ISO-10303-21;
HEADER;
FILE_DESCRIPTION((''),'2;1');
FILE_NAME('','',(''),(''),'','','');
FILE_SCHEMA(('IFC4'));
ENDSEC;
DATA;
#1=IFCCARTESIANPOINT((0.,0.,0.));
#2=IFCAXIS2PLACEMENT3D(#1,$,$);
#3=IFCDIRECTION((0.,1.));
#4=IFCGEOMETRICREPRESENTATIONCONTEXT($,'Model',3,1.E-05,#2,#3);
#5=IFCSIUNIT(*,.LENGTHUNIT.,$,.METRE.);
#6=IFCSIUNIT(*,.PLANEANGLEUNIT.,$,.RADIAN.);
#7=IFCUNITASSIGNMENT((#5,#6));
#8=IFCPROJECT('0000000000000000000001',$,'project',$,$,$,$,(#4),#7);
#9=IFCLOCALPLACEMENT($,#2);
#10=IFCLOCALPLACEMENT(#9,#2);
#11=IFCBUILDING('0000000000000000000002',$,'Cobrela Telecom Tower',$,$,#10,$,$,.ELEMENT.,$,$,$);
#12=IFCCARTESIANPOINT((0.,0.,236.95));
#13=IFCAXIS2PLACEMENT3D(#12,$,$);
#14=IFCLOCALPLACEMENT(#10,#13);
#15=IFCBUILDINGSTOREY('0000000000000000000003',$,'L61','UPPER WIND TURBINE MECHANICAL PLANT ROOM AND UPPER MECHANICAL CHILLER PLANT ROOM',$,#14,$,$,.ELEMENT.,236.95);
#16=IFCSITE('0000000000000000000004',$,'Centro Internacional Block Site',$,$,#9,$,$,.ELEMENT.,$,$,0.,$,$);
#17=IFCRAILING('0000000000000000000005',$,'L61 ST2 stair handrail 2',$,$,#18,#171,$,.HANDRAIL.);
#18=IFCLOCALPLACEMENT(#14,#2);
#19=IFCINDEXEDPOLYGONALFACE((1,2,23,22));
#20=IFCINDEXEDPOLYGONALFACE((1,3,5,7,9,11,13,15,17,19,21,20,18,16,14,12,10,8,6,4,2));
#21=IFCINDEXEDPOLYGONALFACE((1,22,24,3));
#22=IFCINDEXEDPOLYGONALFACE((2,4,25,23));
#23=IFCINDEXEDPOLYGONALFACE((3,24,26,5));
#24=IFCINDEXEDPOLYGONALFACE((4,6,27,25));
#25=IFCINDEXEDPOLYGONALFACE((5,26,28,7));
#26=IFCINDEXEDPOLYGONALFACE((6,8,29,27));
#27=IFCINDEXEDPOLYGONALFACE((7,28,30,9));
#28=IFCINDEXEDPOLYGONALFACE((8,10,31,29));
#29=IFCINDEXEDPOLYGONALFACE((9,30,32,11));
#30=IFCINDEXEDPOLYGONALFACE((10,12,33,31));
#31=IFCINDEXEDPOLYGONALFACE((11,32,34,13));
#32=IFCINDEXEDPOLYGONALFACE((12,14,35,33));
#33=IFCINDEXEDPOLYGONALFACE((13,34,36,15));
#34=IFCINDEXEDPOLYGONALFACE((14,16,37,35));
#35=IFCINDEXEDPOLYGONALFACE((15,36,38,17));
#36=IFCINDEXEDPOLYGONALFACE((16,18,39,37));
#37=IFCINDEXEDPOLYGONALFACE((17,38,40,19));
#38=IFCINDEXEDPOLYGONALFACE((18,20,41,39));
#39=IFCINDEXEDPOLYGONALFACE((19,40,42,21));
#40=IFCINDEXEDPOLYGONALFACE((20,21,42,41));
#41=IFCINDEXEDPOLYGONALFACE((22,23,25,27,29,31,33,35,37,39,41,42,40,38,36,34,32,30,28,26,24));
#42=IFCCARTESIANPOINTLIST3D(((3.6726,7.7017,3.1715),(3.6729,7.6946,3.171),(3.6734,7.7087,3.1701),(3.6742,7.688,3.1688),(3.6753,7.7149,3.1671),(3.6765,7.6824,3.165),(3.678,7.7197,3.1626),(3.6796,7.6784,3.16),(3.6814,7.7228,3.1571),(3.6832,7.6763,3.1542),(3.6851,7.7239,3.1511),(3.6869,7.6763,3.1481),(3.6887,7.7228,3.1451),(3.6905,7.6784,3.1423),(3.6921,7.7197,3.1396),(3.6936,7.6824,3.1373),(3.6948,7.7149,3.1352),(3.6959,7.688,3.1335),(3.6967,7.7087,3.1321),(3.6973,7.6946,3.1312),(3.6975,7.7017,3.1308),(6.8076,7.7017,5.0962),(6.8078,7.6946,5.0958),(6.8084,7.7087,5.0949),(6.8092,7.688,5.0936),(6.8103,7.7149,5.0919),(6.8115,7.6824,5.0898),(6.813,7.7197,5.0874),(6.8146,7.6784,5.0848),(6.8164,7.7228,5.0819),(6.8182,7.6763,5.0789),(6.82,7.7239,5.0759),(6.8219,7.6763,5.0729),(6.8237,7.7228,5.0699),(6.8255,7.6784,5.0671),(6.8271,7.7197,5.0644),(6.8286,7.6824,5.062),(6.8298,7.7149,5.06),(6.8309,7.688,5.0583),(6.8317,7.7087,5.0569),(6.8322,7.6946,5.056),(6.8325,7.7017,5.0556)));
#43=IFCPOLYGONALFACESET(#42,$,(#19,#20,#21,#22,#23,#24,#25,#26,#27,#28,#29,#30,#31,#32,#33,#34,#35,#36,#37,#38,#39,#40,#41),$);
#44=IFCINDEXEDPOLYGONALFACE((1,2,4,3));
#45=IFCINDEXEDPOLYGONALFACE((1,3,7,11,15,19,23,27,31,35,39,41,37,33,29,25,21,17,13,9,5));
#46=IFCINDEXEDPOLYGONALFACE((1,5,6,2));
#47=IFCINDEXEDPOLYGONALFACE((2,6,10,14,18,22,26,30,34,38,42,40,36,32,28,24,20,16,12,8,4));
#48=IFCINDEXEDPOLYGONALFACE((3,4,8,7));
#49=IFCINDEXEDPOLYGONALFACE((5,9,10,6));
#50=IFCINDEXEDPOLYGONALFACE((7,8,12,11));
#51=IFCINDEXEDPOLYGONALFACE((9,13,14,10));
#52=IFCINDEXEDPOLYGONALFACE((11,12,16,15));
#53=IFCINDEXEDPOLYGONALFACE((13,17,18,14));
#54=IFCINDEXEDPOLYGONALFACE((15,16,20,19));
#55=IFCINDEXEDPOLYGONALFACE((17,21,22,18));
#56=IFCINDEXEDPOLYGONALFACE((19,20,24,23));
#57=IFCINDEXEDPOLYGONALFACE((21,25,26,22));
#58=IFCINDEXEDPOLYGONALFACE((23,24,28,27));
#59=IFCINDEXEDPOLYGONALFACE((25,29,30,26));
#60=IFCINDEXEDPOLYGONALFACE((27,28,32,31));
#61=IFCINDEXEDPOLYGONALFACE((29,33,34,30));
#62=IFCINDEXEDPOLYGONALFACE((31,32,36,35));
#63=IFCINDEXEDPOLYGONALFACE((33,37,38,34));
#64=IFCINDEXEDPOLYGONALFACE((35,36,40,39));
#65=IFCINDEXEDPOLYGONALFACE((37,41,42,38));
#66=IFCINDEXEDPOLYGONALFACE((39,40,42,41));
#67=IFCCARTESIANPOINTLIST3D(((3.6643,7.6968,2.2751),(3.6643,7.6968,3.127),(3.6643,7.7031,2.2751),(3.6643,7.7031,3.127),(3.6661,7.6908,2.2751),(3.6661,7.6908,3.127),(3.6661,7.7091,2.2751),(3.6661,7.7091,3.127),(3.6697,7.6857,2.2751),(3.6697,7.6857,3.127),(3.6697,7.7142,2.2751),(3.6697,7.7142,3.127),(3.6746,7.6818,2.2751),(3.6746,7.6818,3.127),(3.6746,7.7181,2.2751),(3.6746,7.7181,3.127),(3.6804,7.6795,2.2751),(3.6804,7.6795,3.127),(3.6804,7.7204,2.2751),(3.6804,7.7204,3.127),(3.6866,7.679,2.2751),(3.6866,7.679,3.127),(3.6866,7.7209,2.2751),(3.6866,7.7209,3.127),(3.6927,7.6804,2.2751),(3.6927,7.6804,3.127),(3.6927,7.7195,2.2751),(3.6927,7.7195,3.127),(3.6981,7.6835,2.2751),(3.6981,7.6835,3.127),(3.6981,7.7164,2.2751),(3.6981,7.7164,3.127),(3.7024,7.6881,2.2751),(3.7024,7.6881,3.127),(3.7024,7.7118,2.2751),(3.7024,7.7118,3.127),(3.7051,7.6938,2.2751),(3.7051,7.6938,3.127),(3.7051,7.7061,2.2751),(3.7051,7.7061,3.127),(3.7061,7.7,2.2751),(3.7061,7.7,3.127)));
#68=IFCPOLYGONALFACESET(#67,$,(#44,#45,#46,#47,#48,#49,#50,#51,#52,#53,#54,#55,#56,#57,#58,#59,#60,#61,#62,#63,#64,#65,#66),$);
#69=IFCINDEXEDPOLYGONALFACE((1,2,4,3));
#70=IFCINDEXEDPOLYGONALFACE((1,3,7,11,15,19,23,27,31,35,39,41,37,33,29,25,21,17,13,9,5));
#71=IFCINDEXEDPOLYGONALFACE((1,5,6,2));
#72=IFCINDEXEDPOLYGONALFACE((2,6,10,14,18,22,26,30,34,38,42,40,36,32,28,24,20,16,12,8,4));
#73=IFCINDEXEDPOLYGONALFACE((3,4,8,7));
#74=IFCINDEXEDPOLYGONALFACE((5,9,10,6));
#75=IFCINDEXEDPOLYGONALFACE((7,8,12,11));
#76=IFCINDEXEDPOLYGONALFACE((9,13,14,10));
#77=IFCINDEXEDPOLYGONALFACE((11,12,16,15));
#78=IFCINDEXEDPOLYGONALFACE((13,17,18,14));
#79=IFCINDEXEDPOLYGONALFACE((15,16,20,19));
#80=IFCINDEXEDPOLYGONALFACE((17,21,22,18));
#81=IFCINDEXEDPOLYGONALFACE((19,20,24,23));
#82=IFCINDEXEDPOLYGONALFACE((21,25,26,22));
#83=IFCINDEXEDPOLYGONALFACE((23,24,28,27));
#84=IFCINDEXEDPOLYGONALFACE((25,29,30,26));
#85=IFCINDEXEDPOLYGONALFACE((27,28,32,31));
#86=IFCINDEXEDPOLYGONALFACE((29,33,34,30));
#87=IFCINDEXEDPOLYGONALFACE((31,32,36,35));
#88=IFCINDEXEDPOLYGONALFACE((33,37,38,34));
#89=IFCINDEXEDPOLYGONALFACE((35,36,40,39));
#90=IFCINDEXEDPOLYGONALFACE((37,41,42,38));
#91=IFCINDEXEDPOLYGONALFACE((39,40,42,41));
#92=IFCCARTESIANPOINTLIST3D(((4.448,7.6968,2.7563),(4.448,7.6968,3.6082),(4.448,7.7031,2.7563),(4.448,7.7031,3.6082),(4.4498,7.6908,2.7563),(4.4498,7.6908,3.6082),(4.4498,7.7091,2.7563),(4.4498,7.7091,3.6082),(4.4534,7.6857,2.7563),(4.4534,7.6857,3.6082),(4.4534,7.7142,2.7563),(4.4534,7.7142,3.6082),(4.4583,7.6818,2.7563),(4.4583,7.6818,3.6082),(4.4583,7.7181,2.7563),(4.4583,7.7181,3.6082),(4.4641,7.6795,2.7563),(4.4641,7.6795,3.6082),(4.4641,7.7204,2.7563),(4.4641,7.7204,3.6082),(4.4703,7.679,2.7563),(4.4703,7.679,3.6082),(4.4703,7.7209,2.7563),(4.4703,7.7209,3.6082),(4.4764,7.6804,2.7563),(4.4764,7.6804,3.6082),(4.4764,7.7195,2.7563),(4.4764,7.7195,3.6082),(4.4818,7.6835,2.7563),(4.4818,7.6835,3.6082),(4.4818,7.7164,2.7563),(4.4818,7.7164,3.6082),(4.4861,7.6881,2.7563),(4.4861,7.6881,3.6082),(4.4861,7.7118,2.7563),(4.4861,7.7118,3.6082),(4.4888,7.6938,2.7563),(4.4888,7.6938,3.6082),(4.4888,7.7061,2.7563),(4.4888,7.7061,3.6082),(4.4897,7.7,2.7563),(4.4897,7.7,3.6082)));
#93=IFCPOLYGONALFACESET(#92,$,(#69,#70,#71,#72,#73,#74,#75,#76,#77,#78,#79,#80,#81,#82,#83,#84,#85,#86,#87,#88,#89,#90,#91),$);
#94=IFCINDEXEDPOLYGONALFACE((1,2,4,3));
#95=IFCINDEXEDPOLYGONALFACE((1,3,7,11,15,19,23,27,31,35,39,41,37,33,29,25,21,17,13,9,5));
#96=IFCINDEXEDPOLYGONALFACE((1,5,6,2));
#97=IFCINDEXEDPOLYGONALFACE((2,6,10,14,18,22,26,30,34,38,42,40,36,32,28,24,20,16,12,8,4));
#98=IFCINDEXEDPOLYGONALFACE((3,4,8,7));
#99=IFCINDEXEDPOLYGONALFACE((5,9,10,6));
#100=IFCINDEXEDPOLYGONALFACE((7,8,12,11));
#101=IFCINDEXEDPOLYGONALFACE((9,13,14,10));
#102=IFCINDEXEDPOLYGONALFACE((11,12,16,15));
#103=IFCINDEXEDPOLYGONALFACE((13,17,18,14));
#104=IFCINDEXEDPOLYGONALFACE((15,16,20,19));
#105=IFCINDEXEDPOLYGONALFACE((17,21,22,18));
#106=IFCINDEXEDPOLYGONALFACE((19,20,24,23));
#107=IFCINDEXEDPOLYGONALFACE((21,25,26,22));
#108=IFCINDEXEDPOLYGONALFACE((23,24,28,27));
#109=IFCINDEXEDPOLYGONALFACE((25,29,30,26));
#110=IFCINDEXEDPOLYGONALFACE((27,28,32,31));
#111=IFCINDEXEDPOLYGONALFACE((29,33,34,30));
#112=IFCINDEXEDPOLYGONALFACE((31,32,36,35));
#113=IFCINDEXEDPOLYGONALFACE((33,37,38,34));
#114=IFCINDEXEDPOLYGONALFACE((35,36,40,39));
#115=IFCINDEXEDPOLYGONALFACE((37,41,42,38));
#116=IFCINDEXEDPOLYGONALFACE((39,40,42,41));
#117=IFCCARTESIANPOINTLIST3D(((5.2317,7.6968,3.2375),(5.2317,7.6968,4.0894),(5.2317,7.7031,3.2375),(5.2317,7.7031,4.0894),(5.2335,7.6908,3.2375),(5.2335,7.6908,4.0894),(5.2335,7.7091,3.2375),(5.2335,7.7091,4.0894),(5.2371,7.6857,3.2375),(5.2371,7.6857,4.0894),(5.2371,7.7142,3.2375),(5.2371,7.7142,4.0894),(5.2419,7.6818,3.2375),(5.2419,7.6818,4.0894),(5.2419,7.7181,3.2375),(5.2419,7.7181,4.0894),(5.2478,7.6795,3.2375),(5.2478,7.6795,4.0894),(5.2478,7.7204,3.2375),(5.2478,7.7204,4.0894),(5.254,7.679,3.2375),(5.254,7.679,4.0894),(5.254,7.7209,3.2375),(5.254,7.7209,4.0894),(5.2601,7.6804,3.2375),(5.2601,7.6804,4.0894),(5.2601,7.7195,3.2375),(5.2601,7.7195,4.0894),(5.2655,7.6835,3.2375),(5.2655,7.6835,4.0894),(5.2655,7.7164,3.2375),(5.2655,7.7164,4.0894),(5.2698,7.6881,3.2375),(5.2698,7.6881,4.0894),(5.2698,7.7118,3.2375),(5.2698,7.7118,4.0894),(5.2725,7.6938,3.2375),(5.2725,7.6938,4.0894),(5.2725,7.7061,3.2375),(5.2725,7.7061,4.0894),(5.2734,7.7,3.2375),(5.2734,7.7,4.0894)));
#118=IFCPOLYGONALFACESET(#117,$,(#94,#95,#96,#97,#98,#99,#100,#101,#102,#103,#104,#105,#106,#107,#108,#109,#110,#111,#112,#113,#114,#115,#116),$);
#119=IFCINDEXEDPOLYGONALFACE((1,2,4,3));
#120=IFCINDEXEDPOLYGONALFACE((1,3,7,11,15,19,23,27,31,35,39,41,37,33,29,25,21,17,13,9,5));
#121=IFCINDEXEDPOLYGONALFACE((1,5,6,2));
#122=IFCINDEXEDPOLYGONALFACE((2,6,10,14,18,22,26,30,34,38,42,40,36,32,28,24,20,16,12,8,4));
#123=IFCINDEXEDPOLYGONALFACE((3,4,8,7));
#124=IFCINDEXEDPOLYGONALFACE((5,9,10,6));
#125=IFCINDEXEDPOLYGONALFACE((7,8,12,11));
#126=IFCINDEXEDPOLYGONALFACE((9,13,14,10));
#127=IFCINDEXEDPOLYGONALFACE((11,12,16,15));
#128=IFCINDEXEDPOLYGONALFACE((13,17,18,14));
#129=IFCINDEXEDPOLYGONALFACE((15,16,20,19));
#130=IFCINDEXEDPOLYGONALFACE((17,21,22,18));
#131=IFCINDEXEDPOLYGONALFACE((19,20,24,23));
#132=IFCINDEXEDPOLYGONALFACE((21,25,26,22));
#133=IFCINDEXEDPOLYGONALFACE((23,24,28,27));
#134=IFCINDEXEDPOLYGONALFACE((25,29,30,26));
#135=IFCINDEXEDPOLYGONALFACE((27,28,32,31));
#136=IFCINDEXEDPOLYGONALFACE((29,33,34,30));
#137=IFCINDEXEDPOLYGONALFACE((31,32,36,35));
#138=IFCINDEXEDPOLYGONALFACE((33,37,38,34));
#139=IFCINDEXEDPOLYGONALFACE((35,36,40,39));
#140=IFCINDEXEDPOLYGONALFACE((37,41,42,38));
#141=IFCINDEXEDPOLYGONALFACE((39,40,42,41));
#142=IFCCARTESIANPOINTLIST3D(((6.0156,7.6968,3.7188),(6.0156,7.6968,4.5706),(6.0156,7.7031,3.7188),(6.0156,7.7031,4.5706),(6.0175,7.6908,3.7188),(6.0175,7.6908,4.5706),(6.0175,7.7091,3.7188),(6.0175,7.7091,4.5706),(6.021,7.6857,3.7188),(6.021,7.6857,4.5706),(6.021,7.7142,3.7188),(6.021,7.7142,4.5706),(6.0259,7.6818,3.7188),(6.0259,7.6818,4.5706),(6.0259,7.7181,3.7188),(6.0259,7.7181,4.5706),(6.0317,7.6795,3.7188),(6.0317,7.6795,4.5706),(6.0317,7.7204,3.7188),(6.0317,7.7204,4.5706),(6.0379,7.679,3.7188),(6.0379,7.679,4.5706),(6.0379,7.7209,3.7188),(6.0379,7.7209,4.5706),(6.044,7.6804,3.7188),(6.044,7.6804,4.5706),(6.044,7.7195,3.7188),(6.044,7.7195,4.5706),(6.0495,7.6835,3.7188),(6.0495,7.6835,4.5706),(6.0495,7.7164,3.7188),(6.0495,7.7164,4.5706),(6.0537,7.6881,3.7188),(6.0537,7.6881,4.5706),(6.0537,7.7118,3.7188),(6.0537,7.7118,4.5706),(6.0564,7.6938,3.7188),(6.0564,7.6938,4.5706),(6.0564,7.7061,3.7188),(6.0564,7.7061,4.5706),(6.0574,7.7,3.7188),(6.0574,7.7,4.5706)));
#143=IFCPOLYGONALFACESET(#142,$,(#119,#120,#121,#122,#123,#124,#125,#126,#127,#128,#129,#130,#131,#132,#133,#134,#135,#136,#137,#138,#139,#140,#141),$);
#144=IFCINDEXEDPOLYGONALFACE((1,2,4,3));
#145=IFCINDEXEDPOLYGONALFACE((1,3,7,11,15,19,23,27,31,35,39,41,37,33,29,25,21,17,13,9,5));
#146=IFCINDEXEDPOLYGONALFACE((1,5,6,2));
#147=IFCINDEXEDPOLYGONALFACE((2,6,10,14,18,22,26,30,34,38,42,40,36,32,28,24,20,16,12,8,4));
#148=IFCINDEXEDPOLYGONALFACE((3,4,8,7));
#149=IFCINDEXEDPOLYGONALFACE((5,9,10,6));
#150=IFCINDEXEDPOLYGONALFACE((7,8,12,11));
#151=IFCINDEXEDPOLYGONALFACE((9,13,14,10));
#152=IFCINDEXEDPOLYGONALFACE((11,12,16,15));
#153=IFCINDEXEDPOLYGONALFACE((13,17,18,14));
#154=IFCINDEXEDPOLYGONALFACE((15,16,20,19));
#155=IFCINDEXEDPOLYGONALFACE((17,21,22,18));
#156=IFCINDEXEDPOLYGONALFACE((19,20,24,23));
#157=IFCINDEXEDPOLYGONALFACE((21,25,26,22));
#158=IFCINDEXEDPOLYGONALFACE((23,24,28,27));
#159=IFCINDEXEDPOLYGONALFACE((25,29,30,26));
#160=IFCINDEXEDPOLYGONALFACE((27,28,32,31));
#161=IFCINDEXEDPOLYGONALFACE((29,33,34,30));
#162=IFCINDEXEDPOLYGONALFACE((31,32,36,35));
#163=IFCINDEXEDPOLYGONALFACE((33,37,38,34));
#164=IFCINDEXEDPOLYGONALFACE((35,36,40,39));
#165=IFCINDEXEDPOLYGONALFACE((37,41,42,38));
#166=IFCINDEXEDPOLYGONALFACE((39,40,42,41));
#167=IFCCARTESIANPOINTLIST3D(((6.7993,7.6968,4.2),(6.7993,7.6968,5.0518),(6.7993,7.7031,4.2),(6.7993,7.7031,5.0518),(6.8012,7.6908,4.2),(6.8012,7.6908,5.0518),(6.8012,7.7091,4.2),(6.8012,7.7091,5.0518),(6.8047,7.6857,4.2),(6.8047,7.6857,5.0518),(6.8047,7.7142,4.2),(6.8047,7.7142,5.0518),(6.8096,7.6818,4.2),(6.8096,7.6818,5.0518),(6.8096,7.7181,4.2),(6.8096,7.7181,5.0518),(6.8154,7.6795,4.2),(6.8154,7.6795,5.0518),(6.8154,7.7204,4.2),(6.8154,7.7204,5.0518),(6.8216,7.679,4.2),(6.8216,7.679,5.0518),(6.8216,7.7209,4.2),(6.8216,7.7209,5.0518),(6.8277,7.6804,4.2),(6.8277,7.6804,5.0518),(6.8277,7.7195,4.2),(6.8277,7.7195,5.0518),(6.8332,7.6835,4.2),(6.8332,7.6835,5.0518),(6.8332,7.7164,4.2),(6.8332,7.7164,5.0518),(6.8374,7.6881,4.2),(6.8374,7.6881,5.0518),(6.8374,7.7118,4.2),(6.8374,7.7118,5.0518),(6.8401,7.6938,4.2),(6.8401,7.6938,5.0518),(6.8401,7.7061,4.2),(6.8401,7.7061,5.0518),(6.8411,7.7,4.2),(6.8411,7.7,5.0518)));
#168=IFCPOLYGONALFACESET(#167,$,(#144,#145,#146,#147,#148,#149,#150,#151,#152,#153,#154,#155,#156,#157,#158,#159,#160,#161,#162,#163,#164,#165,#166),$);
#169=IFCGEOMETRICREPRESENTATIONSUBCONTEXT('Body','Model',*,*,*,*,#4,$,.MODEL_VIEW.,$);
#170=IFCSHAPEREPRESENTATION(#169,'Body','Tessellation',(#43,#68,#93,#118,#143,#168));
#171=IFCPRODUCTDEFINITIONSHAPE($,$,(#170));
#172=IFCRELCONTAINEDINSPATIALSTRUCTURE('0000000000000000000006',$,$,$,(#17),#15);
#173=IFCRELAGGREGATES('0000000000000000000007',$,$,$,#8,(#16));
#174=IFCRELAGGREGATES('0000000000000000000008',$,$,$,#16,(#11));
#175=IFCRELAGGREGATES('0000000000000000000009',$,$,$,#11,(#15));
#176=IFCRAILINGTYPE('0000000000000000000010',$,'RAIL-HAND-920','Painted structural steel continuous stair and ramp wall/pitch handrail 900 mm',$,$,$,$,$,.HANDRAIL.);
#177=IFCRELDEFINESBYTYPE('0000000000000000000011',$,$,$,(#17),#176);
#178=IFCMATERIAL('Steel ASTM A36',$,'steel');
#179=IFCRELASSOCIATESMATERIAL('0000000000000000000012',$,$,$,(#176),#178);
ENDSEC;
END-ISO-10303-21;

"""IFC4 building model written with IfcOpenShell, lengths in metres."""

from ifc_helpers import new_model, si_unit, direction, frame, origin, origin_2d, place, context, subcontext, project, spatial, circle, extrude, material, type_object, element, save


model = new_model("IFC4")

# Units and contexts
model_context = context("Model", 3, precision=1e-05, world=origin(), true_north=direction((0.0, 1.0)))
body_context = subcontext(model_context, "Body", "Model", "MODEL_VIEW")
ifc_project = project(units=[si_unit("LENGTHUNIT", "METRE"), si_unit("PLANEANGLEUNIT", "RADIAN")], contexts=[model_context])

# Site, building, storey
site_placement = place(None, origin())
site = spatial("IfcSite", under=ifc_project, at=site_placement, Name="Centro Internacional Block Site", CompositionType="ELEMENT", RefElevation=0.0)
building_placement = place(site_placement, origin())
building = spatial("IfcBuilding", under=site, at=building_placement, Name="Cobrela Telecom Tower", CompositionType="ELEMENT")
storey_placement = place(building_placement, frame((0.0, 0.0, 236.95)))
storey = spatial("IfcBuildingStorey", under=building, at=storey_placement, Name="L61", Description="UPPER WIND TURBINE MECHANICAL PLANT ROOM AND UPPER MECHANICAL CHILLER PLANT ROOM", CompositionType="ELEMENT", Elevation=236.95)

# Shared definitions
ifc_material_1 = material(Name="Steel ASTM A36", Category="steel")

# Railing
railing_type_1 = type_object("IfcRailingType", Name="RAIL-HAND-920", Description="Painted structural steel continuous stair and ramp wall/pitch handrail 900 mm", PredefinedType="HANDRAIL", material=ifc_material_1)
railing_1_placement = place(storey_placement, frame((3.6851, 7.7, 2.2751)))
element("IfcRailing", 1, at=railing_1_placement, inside=storey, type_object=railing_type_1, Name="L61 ST2 stair handrail 2", PredefinedType="HANDRAIL", context=body_context, shape_type="SweptSolid", body=[
    extrude(circle(Radius=0.0239, at=origin_2d()), frame((0.0, 0.0, 0.876), z_axis=(0.852196, 0.0, 0.523223), x_axis=(0.0, 1.0, 0.0)), (0.0, 0.0, 1.0), 3.6787),
    extrude(circle(Radius=0.021, at=origin_2d()), origin(), (0.0, 0.0, 1.0), 0.8518),
    extrude(circle(Radius=0.021, at=origin_2d()), frame((0.7837, 0.0, 0.4812)), (0.0, 0.0, 1.0), 0.8518),
    extrude(circle(Radius=0.021, at=origin_2d()), frame((1.5674, 0.0, 0.9624)), (0.0, 0.0, 1.0), 0.8518),
    extrude(circle(Radius=0.021, at=origin_2d()), frame((2.3513, 0.0, 1.4436)), (0.0, 0.0, 1.0), 0.8518),
    extrude(circle(Radius=0.021, at=origin_2d()), frame((3.135, 0.0, 1.9248)), (0.0, 0.0, 1.0), 0.8518),
])

save(model, "model.ifc")
